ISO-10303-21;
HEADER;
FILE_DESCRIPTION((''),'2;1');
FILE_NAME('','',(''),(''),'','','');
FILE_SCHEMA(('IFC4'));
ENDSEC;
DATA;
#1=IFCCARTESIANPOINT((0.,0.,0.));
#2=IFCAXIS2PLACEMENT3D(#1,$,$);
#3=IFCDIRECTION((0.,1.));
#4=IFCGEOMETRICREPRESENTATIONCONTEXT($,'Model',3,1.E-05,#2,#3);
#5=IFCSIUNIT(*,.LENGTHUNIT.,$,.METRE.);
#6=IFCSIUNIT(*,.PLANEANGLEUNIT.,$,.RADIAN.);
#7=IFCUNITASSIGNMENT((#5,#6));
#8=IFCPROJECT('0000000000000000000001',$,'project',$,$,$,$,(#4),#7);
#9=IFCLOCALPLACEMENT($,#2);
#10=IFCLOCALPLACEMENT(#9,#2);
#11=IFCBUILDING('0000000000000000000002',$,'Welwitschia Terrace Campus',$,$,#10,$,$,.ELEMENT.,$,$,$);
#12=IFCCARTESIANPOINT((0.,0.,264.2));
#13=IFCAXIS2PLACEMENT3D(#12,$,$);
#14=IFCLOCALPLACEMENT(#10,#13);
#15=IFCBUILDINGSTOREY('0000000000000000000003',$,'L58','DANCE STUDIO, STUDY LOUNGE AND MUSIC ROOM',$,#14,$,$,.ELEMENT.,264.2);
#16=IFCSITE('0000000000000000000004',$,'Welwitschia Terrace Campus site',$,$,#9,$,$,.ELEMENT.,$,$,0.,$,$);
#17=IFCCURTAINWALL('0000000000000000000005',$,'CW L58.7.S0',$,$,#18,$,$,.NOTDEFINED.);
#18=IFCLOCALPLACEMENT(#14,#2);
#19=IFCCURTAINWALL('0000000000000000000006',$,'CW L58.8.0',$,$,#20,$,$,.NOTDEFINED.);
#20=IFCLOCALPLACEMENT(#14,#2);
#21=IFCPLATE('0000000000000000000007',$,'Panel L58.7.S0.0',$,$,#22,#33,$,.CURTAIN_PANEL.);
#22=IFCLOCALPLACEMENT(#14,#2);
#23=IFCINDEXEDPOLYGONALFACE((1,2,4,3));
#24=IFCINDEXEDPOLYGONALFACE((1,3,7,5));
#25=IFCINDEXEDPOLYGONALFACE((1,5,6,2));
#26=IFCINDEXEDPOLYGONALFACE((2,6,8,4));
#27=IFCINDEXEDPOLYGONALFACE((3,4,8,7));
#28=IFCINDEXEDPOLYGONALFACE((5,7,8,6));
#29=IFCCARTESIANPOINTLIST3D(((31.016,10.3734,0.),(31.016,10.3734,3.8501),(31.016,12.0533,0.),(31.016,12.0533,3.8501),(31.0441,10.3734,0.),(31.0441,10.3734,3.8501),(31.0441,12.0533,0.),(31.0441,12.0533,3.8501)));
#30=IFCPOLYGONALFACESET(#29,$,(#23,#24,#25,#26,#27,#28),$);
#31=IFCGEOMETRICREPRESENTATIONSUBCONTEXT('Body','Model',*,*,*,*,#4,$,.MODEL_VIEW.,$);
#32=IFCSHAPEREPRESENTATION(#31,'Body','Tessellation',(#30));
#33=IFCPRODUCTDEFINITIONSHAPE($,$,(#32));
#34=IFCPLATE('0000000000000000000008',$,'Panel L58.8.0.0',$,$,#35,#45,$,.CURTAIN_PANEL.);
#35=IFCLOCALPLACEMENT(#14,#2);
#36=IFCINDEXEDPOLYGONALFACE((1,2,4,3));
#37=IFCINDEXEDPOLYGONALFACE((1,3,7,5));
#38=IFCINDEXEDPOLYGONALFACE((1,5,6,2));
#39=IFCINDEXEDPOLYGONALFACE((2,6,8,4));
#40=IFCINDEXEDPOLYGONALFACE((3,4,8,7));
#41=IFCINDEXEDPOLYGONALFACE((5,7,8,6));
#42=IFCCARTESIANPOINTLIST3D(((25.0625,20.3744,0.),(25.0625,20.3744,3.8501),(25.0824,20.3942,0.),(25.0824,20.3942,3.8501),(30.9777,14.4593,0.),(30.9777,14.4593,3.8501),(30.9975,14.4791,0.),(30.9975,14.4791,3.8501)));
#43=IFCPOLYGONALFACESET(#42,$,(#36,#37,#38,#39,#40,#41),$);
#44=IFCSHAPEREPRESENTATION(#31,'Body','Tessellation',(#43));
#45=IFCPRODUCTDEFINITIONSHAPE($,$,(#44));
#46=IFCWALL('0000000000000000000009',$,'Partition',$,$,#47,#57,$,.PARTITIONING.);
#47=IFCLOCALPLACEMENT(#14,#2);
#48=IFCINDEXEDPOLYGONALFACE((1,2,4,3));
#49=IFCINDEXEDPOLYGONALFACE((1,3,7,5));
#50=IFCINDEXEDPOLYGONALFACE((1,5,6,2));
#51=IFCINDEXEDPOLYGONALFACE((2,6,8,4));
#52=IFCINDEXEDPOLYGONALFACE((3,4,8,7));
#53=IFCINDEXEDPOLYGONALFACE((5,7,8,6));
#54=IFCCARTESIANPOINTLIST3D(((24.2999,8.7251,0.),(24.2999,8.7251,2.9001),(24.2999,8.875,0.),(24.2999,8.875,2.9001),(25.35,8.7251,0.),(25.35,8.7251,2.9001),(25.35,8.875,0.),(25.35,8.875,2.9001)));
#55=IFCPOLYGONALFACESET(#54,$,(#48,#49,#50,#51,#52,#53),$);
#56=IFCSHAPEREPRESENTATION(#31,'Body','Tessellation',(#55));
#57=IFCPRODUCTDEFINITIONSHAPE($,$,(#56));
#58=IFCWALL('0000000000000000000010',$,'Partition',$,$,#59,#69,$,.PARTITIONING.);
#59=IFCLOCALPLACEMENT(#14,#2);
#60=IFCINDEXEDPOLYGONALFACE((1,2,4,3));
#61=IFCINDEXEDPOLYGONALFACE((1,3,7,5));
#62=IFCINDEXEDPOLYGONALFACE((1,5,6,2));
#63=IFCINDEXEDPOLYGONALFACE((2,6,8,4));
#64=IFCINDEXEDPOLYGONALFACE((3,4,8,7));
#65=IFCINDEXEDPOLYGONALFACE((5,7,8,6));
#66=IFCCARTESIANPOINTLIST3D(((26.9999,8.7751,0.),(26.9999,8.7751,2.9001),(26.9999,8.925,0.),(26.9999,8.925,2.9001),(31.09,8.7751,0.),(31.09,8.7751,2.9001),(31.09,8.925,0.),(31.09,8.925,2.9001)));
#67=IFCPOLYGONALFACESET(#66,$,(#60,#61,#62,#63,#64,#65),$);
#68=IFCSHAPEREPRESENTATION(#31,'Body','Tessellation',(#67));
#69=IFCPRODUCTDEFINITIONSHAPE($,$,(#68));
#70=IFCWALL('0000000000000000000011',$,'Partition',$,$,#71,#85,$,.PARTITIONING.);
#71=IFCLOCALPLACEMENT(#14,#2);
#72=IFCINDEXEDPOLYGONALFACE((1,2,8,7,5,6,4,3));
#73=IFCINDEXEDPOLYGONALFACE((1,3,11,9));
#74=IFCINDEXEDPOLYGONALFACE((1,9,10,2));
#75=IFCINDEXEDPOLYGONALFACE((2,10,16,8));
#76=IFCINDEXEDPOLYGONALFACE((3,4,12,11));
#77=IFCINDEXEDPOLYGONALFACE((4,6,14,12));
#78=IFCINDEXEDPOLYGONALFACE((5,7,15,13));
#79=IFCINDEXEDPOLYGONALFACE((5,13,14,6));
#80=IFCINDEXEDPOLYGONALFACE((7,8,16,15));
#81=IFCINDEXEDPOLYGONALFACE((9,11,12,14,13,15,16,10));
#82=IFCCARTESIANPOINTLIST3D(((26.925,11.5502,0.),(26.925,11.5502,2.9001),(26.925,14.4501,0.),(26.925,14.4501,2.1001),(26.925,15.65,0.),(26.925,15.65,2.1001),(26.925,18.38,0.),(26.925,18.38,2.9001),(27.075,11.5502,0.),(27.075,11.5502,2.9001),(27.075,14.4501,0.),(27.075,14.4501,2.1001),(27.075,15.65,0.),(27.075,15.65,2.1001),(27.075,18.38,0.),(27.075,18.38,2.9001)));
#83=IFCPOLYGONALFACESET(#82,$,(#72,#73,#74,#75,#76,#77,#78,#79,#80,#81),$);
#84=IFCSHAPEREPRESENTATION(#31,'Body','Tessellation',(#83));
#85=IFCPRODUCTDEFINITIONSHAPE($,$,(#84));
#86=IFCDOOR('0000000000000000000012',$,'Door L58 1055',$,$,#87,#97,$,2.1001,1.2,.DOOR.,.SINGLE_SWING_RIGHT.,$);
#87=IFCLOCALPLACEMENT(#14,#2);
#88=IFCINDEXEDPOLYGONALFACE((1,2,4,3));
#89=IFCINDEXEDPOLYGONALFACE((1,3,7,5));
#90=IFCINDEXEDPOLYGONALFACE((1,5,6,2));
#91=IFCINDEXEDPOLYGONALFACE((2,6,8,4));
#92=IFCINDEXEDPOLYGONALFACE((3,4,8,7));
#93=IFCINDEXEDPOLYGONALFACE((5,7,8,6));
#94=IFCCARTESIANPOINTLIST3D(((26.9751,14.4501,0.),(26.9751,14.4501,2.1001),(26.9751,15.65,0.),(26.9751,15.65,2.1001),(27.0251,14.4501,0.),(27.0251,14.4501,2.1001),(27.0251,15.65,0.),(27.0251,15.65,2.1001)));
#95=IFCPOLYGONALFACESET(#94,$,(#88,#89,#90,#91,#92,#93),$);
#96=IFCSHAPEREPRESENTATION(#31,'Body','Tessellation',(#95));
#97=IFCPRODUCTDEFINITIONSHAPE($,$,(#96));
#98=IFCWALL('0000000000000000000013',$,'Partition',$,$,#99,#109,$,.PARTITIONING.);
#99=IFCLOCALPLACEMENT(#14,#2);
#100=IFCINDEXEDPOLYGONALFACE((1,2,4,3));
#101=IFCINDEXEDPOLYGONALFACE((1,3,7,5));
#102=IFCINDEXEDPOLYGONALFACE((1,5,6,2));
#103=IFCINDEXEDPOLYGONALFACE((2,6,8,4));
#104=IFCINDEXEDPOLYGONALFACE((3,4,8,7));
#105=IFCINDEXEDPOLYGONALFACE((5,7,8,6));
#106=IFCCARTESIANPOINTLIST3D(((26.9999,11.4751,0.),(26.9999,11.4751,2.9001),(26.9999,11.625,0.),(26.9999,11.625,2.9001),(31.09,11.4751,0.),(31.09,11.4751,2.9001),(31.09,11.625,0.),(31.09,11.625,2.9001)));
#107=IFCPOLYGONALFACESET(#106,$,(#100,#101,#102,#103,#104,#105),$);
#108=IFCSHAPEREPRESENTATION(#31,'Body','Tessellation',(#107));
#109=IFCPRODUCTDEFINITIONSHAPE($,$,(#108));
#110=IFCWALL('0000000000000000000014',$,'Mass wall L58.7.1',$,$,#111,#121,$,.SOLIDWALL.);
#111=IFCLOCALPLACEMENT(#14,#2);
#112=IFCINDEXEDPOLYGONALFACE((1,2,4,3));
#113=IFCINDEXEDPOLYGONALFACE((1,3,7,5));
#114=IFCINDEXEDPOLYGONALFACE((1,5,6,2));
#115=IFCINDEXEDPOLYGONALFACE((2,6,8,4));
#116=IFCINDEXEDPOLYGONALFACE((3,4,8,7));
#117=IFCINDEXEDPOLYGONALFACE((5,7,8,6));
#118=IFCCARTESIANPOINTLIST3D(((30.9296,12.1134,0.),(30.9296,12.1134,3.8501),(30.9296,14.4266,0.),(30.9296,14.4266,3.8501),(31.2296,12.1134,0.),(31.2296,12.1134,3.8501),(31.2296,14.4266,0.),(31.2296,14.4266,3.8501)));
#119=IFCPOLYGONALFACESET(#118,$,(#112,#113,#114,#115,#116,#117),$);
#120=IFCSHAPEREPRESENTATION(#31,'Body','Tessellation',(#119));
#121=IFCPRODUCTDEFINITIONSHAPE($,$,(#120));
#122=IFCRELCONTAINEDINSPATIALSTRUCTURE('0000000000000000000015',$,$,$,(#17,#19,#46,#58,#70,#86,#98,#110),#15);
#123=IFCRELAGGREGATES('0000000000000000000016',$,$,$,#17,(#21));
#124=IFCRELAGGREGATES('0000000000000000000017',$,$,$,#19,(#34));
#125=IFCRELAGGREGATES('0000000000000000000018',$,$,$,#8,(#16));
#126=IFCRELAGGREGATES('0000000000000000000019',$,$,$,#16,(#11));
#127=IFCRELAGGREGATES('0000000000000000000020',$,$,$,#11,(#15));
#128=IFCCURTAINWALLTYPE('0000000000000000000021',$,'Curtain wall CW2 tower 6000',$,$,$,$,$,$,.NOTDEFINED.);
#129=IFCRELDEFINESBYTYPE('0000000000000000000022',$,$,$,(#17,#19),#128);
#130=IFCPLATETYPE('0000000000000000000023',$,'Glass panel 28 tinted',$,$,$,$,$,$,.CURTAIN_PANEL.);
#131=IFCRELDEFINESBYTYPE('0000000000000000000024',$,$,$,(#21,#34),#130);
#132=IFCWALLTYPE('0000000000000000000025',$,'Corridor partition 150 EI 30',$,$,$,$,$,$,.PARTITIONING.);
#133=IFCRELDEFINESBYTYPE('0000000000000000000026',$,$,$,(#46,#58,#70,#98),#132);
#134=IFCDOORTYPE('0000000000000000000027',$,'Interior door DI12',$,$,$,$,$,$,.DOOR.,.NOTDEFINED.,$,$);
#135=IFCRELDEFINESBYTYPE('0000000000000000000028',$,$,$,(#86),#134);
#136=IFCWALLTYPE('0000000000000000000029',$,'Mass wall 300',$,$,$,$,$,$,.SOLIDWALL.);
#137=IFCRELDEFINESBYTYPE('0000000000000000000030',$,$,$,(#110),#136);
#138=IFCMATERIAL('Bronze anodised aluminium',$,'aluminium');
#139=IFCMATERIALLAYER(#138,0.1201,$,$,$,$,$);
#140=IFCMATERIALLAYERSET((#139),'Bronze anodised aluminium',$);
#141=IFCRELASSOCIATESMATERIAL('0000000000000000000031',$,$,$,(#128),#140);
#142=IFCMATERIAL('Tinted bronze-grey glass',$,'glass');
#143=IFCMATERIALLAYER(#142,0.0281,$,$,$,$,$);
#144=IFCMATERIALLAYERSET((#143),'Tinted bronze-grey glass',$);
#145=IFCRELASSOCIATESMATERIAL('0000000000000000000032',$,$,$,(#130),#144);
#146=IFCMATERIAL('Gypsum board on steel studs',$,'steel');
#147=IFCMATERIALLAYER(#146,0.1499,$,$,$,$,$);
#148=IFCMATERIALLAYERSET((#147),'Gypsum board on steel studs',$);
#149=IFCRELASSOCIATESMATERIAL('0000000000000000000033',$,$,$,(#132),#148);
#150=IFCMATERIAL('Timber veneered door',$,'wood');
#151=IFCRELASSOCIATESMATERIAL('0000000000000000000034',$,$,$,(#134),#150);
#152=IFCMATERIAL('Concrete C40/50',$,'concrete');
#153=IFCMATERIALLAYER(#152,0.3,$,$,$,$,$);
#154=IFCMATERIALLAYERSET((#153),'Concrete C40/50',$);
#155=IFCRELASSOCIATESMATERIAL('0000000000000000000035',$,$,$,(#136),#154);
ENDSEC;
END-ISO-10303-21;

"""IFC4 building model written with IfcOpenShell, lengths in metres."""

from ifc_helpers import new_model, si_unit, direction, frame, frame_2d, origin, origin_2d, place, context, subcontext, project, spatial, rectangle, extrude, material, layer, layer_set, type_object, element, fill, aggregate, save


model = new_model("IFC4")

# Units and contexts
model_context = context("Model", 3, precision=1e-05, world=origin(), true_north=direction((0.0, 1.0)))
body_context = subcontext(model_context, "Body", "Model", "MODEL_VIEW")
ifc_project = project(units=[si_unit("LENGTHUNIT", "METRE"), si_unit("PLANEANGLEUNIT", "RADIAN")], contexts=[model_context])

# Site, building, storey
site_placement = place(None, origin())
site = spatial("IfcSite", under=ifc_project, at=site_placement, Name="Welwitschia Terrace Campus site", CompositionType="ELEMENT", RefElevation=0.0)
building_placement = place(site_placement, origin())
building = spatial("IfcBuilding", under=site, at=building_placement, Name="Welwitschia Terrace Campus", CompositionType="ELEMENT")
storey_placement = place(building_placement, frame((0.0, 0.0, 264.2)))
storey = spatial("IfcBuildingStorey", under=building, at=storey_placement, Name="L58", Description="DANCE STUDIO, STUDY LOUNGE AND MUSIC ROOM", CompositionType="ELEMENT", Elevation=264.2)

# Curtain walls
ifc_material_1 = material(Name="Bronze anodised aluminium", Category="aluminium")
ifc_layer_1 = layer(ifc_material_1, 0.1201)
ifc_layer_set_1 = layer_set([ifc_layer_1], Name="Bronze anodised aluminium")
curtain_wall_type = type_object("IfcCurtainWallType", Name="Curtain wall CW2 tower 6000", PredefinedType="NOTDEFINED", material=ifc_layer_set_1)
curtain_wall_1_placement = place(storey_placement, origin())
curtain_wall_1 = element("IfcCurtainWall", 1, at=curtain_wall_1_placement, inside=storey, type_object=curtain_wall_type, Name="CW L58.7.S0", PredefinedType="NOTDEFINED")
curtain_wall_2_placement = place(storey_placement, origin())
curtain_wall_2 = element("IfcCurtainWall", 2, at=curtain_wall_2_placement, inside=storey, type_object=curtain_wall_type, Name="CW L58.8.0", PredefinedType="NOTDEFINED")

# Plates
ifc_material_2 = material(Name="Tinted bronze-grey glass", Category="glass")
ifc_layer_2 = layer(ifc_material_2, 0.0281)
ifc_layer_set_2 = layer_set([ifc_layer_2], Name="Tinted bronze-grey glass")
plate_type = type_object("IfcPlateType", Name="Glass panel 28 tinted", PredefinedType="CURTAIN_PANEL", material=ifc_layer_set_2)
plate_1_placement = place(storey_placement, frame((31.03, 11.2134, 0.0), z_axis=(0.0, 0.0, 1.0), x_axis=(0.0, 1.0, 0.0)))
plate_1 = element("IfcPlate", 3, at=plate_1_placement, type_object=plate_type, Name="Panel L58.7.S0.0", PredefinedType="CURTAIN_PANEL", context=body_context, shape_type="SweptSolid", body=[
    extrude(rectangle(XDim=1.6799, YDim=0.0281, at=origin_2d()), origin(), (0.0, 0.0, 1.0), 3.8501),
])
aggregate(curtain_wall_1, [plate_1])
plate_2_placement = place(storey_placement, frame((28.03, 17.4268, 0.0), z_axis=(0.0, 0.0, 1.0), x_axis=(-0.707107, 0.707107, 0.0)))
plate_2 = element("IfcPlate", 4, at=plate_2_placement, type_object=plate_type, Name="Panel L58.8.0.0", PredefinedType="CURTAIN_PANEL", context=body_context, shape_type="SweptSolid", body=[
    extrude(rectangle(XDim=8.3652, YDim=0.0281, at=origin_2d()), origin(), (0.0, 0.0, 1.0), 3.8501),
])
aggregate(curtain_wall_2, [plate_2])

# Walls
ifc_material_3 = material(Name="Gypsum board on steel studs", Category="steel")
ifc_layer_3 = layer(ifc_material_3, 0.1499)
ifc_layer_set_3 = layer_set([ifc_layer_3], Name="Gypsum board on steel studs")
wall_type_1 = type_object("IfcWallType", Name="Corridor partition 150 EI 30", PredefinedType="PARTITIONING", material=ifc_layer_set_3)
wall_1_placement = place(storey_placement, frame((24.3, 8.8, 0.0), z_axis=(0.0, 0.0, 1.0), x_axis=(1.0, 0.0, 0.0)))
element("IfcWall", 5, at=wall_1_placement, inside=storey, type_object=wall_type_1, Name="Partition", PredefinedType="PARTITIONING", context=body_context, shape_type="SweptSolid", body=[
    extrude(rectangle(XDim=1.05, YDim=0.1499, at=frame_2d((0.5249, 0.0))), origin(), (0.0, 0.0, 1.0), 2.9001),
])
wall_2_placement = place(storey_placement, frame((27.0, 8.8501, 0.0), z_axis=(0.0, 0.0, 1.0), x_axis=(1.0, 0.0, 0.0)))
element("IfcWall", 6, at=wall_2_placement, inside=storey, type_object=wall_type_1, Name="Partition", PredefinedType="PARTITIONING", context=body_context, shape_type="SweptSolid", body=[
    extrude(rectangle(XDim=4.0901, YDim=0.1499, at=frame_2d((2.0449, 0.0))), origin(), (0.0, 0.0, 1.0), 2.9001),
])

# Wall, opening, door
wall_3_placement = place(storey_placement, frame((27.0, 11.55, 0.0), z_axis=(0.0, 0.0, 1.0), x_axis=(0.0, 1.0, 0.0)))
wall_3 = element("IfcWall", 7, at=wall_3_placement, inside=storey, type_object=wall_type_1, Name="Partition", PredefinedType="PARTITIONING", context=body_context, shape_type="SweptSolid", body=[
    extrude(rectangle(XDim=6.8298, YDim=0.1499, at=frame_2d((3.415, 0.0))), origin(), (0.0, 0.0, 1.0), 2.9001),
])
opening_placement = place(wall_3_placement, frame((2.8999, 0.0, 0.0)))
opening = element("IfcOpeningElement", 8, at=opening_placement, cuts=wall_3, PredefinedType="OPENING", context=body_context, shape_type="SweptSolid", body=[
    extrude(rectangle(XDim=1.2, YDim=2.1001, at=frame_2d((0.6001, 1.05))), frame((0.0, 0.085, 0.0), z_axis=(0.0, -1.0, 0.0), x_axis=(1.0, 0.0, 0.0)), (0.0, 0.0, 1.0), 0.1699),
])
ifc_material_4 = material(Name="Timber veneered door", Category="wood")
door_type = type_object("IfcDoorType", Name="Interior door DI12", OperationType="NOTDEFINED", PredefinedType="DOOR", material=ifc_material_4)
door_placement = place(opening_placement, origin())
door = element("IfcDoor", 9, at=door_placement, inside=storey, type_object=door_type, Name="Door L58 1055", OperationType="SINGLE_SWING_RIGHT", OverallHeight=2.1001, OverallWidth=1.2, PredefinedType="DOOR", context=body_context, shape_type="SweptSolid", body=[
    extrude(rectangle(XDim=1.2, YDim=2.1001, at=frame_2d((0.6001, 1.05))), frame((0.0, 0.0249, 0.0), z_axis=(0.0, -1.0, 0.0), x_axis=(1.0, 0.0, 0.0)), (0.0, 0.0, 1.0), 0.05),
])
fill(opening, door)

# Walls
wall_4_placement = place(storey_placement, frame((27.0, 11.55, 0.0), z_axis=(0.0, 0.0, 1.0), x_axis=(1.0, 0.0, 0.0)))
element("IfcWall", 10, at=wall_4_placement, inside=storey, type_object=wall_type_1, Name="Partition", PredefinedType="PARTITIONING", context=body_context, shape_type="SweptSolid", body=[
    extrude(rectangle(XDim=4.0901, YDim=0.1499, at=frame_2d((2.0449, 0.0))), origin(), (0.0, 0.0, 1.0), 2.9001),
])
ifc_material_5 = material(Name="Concrete C40/50", Category="concrete")
ifc_layer_4 = layer(ifc_material_5, 0.3)
ifc_layer_set_4 = layer_set([ifc_layer_4], Name="Concrete C40/50")
wall_type_2 = type_object("IfcWallType", Name="Mass wall 300", PredefinedType="SOLIDWALL", material=ifc_layer_set_4)
wall_5_placement = place(storey_placement, frame((31.0796, 12.1133, 0.0), z_axis=(0.0, 0.0, 1.0), x_axis=(0.0, 1.0, 0.0)))
element("IfcWall", 11, at=wall_5_placement, inside=storey, type_object=wall_type_2, Name="Mass wall L58.7.1", PredefinedType="SOLIDWALL", context=body_context, shape_type="SweptSolid", body=[
    extrude(rectangle(XDim=2.3132, YDim=0.3, at=frame_2d((1.1567, 0.0))), origin(), (0.0, 0.0, 1.0), 3.8501),
])

save(model, "model.ifc")
